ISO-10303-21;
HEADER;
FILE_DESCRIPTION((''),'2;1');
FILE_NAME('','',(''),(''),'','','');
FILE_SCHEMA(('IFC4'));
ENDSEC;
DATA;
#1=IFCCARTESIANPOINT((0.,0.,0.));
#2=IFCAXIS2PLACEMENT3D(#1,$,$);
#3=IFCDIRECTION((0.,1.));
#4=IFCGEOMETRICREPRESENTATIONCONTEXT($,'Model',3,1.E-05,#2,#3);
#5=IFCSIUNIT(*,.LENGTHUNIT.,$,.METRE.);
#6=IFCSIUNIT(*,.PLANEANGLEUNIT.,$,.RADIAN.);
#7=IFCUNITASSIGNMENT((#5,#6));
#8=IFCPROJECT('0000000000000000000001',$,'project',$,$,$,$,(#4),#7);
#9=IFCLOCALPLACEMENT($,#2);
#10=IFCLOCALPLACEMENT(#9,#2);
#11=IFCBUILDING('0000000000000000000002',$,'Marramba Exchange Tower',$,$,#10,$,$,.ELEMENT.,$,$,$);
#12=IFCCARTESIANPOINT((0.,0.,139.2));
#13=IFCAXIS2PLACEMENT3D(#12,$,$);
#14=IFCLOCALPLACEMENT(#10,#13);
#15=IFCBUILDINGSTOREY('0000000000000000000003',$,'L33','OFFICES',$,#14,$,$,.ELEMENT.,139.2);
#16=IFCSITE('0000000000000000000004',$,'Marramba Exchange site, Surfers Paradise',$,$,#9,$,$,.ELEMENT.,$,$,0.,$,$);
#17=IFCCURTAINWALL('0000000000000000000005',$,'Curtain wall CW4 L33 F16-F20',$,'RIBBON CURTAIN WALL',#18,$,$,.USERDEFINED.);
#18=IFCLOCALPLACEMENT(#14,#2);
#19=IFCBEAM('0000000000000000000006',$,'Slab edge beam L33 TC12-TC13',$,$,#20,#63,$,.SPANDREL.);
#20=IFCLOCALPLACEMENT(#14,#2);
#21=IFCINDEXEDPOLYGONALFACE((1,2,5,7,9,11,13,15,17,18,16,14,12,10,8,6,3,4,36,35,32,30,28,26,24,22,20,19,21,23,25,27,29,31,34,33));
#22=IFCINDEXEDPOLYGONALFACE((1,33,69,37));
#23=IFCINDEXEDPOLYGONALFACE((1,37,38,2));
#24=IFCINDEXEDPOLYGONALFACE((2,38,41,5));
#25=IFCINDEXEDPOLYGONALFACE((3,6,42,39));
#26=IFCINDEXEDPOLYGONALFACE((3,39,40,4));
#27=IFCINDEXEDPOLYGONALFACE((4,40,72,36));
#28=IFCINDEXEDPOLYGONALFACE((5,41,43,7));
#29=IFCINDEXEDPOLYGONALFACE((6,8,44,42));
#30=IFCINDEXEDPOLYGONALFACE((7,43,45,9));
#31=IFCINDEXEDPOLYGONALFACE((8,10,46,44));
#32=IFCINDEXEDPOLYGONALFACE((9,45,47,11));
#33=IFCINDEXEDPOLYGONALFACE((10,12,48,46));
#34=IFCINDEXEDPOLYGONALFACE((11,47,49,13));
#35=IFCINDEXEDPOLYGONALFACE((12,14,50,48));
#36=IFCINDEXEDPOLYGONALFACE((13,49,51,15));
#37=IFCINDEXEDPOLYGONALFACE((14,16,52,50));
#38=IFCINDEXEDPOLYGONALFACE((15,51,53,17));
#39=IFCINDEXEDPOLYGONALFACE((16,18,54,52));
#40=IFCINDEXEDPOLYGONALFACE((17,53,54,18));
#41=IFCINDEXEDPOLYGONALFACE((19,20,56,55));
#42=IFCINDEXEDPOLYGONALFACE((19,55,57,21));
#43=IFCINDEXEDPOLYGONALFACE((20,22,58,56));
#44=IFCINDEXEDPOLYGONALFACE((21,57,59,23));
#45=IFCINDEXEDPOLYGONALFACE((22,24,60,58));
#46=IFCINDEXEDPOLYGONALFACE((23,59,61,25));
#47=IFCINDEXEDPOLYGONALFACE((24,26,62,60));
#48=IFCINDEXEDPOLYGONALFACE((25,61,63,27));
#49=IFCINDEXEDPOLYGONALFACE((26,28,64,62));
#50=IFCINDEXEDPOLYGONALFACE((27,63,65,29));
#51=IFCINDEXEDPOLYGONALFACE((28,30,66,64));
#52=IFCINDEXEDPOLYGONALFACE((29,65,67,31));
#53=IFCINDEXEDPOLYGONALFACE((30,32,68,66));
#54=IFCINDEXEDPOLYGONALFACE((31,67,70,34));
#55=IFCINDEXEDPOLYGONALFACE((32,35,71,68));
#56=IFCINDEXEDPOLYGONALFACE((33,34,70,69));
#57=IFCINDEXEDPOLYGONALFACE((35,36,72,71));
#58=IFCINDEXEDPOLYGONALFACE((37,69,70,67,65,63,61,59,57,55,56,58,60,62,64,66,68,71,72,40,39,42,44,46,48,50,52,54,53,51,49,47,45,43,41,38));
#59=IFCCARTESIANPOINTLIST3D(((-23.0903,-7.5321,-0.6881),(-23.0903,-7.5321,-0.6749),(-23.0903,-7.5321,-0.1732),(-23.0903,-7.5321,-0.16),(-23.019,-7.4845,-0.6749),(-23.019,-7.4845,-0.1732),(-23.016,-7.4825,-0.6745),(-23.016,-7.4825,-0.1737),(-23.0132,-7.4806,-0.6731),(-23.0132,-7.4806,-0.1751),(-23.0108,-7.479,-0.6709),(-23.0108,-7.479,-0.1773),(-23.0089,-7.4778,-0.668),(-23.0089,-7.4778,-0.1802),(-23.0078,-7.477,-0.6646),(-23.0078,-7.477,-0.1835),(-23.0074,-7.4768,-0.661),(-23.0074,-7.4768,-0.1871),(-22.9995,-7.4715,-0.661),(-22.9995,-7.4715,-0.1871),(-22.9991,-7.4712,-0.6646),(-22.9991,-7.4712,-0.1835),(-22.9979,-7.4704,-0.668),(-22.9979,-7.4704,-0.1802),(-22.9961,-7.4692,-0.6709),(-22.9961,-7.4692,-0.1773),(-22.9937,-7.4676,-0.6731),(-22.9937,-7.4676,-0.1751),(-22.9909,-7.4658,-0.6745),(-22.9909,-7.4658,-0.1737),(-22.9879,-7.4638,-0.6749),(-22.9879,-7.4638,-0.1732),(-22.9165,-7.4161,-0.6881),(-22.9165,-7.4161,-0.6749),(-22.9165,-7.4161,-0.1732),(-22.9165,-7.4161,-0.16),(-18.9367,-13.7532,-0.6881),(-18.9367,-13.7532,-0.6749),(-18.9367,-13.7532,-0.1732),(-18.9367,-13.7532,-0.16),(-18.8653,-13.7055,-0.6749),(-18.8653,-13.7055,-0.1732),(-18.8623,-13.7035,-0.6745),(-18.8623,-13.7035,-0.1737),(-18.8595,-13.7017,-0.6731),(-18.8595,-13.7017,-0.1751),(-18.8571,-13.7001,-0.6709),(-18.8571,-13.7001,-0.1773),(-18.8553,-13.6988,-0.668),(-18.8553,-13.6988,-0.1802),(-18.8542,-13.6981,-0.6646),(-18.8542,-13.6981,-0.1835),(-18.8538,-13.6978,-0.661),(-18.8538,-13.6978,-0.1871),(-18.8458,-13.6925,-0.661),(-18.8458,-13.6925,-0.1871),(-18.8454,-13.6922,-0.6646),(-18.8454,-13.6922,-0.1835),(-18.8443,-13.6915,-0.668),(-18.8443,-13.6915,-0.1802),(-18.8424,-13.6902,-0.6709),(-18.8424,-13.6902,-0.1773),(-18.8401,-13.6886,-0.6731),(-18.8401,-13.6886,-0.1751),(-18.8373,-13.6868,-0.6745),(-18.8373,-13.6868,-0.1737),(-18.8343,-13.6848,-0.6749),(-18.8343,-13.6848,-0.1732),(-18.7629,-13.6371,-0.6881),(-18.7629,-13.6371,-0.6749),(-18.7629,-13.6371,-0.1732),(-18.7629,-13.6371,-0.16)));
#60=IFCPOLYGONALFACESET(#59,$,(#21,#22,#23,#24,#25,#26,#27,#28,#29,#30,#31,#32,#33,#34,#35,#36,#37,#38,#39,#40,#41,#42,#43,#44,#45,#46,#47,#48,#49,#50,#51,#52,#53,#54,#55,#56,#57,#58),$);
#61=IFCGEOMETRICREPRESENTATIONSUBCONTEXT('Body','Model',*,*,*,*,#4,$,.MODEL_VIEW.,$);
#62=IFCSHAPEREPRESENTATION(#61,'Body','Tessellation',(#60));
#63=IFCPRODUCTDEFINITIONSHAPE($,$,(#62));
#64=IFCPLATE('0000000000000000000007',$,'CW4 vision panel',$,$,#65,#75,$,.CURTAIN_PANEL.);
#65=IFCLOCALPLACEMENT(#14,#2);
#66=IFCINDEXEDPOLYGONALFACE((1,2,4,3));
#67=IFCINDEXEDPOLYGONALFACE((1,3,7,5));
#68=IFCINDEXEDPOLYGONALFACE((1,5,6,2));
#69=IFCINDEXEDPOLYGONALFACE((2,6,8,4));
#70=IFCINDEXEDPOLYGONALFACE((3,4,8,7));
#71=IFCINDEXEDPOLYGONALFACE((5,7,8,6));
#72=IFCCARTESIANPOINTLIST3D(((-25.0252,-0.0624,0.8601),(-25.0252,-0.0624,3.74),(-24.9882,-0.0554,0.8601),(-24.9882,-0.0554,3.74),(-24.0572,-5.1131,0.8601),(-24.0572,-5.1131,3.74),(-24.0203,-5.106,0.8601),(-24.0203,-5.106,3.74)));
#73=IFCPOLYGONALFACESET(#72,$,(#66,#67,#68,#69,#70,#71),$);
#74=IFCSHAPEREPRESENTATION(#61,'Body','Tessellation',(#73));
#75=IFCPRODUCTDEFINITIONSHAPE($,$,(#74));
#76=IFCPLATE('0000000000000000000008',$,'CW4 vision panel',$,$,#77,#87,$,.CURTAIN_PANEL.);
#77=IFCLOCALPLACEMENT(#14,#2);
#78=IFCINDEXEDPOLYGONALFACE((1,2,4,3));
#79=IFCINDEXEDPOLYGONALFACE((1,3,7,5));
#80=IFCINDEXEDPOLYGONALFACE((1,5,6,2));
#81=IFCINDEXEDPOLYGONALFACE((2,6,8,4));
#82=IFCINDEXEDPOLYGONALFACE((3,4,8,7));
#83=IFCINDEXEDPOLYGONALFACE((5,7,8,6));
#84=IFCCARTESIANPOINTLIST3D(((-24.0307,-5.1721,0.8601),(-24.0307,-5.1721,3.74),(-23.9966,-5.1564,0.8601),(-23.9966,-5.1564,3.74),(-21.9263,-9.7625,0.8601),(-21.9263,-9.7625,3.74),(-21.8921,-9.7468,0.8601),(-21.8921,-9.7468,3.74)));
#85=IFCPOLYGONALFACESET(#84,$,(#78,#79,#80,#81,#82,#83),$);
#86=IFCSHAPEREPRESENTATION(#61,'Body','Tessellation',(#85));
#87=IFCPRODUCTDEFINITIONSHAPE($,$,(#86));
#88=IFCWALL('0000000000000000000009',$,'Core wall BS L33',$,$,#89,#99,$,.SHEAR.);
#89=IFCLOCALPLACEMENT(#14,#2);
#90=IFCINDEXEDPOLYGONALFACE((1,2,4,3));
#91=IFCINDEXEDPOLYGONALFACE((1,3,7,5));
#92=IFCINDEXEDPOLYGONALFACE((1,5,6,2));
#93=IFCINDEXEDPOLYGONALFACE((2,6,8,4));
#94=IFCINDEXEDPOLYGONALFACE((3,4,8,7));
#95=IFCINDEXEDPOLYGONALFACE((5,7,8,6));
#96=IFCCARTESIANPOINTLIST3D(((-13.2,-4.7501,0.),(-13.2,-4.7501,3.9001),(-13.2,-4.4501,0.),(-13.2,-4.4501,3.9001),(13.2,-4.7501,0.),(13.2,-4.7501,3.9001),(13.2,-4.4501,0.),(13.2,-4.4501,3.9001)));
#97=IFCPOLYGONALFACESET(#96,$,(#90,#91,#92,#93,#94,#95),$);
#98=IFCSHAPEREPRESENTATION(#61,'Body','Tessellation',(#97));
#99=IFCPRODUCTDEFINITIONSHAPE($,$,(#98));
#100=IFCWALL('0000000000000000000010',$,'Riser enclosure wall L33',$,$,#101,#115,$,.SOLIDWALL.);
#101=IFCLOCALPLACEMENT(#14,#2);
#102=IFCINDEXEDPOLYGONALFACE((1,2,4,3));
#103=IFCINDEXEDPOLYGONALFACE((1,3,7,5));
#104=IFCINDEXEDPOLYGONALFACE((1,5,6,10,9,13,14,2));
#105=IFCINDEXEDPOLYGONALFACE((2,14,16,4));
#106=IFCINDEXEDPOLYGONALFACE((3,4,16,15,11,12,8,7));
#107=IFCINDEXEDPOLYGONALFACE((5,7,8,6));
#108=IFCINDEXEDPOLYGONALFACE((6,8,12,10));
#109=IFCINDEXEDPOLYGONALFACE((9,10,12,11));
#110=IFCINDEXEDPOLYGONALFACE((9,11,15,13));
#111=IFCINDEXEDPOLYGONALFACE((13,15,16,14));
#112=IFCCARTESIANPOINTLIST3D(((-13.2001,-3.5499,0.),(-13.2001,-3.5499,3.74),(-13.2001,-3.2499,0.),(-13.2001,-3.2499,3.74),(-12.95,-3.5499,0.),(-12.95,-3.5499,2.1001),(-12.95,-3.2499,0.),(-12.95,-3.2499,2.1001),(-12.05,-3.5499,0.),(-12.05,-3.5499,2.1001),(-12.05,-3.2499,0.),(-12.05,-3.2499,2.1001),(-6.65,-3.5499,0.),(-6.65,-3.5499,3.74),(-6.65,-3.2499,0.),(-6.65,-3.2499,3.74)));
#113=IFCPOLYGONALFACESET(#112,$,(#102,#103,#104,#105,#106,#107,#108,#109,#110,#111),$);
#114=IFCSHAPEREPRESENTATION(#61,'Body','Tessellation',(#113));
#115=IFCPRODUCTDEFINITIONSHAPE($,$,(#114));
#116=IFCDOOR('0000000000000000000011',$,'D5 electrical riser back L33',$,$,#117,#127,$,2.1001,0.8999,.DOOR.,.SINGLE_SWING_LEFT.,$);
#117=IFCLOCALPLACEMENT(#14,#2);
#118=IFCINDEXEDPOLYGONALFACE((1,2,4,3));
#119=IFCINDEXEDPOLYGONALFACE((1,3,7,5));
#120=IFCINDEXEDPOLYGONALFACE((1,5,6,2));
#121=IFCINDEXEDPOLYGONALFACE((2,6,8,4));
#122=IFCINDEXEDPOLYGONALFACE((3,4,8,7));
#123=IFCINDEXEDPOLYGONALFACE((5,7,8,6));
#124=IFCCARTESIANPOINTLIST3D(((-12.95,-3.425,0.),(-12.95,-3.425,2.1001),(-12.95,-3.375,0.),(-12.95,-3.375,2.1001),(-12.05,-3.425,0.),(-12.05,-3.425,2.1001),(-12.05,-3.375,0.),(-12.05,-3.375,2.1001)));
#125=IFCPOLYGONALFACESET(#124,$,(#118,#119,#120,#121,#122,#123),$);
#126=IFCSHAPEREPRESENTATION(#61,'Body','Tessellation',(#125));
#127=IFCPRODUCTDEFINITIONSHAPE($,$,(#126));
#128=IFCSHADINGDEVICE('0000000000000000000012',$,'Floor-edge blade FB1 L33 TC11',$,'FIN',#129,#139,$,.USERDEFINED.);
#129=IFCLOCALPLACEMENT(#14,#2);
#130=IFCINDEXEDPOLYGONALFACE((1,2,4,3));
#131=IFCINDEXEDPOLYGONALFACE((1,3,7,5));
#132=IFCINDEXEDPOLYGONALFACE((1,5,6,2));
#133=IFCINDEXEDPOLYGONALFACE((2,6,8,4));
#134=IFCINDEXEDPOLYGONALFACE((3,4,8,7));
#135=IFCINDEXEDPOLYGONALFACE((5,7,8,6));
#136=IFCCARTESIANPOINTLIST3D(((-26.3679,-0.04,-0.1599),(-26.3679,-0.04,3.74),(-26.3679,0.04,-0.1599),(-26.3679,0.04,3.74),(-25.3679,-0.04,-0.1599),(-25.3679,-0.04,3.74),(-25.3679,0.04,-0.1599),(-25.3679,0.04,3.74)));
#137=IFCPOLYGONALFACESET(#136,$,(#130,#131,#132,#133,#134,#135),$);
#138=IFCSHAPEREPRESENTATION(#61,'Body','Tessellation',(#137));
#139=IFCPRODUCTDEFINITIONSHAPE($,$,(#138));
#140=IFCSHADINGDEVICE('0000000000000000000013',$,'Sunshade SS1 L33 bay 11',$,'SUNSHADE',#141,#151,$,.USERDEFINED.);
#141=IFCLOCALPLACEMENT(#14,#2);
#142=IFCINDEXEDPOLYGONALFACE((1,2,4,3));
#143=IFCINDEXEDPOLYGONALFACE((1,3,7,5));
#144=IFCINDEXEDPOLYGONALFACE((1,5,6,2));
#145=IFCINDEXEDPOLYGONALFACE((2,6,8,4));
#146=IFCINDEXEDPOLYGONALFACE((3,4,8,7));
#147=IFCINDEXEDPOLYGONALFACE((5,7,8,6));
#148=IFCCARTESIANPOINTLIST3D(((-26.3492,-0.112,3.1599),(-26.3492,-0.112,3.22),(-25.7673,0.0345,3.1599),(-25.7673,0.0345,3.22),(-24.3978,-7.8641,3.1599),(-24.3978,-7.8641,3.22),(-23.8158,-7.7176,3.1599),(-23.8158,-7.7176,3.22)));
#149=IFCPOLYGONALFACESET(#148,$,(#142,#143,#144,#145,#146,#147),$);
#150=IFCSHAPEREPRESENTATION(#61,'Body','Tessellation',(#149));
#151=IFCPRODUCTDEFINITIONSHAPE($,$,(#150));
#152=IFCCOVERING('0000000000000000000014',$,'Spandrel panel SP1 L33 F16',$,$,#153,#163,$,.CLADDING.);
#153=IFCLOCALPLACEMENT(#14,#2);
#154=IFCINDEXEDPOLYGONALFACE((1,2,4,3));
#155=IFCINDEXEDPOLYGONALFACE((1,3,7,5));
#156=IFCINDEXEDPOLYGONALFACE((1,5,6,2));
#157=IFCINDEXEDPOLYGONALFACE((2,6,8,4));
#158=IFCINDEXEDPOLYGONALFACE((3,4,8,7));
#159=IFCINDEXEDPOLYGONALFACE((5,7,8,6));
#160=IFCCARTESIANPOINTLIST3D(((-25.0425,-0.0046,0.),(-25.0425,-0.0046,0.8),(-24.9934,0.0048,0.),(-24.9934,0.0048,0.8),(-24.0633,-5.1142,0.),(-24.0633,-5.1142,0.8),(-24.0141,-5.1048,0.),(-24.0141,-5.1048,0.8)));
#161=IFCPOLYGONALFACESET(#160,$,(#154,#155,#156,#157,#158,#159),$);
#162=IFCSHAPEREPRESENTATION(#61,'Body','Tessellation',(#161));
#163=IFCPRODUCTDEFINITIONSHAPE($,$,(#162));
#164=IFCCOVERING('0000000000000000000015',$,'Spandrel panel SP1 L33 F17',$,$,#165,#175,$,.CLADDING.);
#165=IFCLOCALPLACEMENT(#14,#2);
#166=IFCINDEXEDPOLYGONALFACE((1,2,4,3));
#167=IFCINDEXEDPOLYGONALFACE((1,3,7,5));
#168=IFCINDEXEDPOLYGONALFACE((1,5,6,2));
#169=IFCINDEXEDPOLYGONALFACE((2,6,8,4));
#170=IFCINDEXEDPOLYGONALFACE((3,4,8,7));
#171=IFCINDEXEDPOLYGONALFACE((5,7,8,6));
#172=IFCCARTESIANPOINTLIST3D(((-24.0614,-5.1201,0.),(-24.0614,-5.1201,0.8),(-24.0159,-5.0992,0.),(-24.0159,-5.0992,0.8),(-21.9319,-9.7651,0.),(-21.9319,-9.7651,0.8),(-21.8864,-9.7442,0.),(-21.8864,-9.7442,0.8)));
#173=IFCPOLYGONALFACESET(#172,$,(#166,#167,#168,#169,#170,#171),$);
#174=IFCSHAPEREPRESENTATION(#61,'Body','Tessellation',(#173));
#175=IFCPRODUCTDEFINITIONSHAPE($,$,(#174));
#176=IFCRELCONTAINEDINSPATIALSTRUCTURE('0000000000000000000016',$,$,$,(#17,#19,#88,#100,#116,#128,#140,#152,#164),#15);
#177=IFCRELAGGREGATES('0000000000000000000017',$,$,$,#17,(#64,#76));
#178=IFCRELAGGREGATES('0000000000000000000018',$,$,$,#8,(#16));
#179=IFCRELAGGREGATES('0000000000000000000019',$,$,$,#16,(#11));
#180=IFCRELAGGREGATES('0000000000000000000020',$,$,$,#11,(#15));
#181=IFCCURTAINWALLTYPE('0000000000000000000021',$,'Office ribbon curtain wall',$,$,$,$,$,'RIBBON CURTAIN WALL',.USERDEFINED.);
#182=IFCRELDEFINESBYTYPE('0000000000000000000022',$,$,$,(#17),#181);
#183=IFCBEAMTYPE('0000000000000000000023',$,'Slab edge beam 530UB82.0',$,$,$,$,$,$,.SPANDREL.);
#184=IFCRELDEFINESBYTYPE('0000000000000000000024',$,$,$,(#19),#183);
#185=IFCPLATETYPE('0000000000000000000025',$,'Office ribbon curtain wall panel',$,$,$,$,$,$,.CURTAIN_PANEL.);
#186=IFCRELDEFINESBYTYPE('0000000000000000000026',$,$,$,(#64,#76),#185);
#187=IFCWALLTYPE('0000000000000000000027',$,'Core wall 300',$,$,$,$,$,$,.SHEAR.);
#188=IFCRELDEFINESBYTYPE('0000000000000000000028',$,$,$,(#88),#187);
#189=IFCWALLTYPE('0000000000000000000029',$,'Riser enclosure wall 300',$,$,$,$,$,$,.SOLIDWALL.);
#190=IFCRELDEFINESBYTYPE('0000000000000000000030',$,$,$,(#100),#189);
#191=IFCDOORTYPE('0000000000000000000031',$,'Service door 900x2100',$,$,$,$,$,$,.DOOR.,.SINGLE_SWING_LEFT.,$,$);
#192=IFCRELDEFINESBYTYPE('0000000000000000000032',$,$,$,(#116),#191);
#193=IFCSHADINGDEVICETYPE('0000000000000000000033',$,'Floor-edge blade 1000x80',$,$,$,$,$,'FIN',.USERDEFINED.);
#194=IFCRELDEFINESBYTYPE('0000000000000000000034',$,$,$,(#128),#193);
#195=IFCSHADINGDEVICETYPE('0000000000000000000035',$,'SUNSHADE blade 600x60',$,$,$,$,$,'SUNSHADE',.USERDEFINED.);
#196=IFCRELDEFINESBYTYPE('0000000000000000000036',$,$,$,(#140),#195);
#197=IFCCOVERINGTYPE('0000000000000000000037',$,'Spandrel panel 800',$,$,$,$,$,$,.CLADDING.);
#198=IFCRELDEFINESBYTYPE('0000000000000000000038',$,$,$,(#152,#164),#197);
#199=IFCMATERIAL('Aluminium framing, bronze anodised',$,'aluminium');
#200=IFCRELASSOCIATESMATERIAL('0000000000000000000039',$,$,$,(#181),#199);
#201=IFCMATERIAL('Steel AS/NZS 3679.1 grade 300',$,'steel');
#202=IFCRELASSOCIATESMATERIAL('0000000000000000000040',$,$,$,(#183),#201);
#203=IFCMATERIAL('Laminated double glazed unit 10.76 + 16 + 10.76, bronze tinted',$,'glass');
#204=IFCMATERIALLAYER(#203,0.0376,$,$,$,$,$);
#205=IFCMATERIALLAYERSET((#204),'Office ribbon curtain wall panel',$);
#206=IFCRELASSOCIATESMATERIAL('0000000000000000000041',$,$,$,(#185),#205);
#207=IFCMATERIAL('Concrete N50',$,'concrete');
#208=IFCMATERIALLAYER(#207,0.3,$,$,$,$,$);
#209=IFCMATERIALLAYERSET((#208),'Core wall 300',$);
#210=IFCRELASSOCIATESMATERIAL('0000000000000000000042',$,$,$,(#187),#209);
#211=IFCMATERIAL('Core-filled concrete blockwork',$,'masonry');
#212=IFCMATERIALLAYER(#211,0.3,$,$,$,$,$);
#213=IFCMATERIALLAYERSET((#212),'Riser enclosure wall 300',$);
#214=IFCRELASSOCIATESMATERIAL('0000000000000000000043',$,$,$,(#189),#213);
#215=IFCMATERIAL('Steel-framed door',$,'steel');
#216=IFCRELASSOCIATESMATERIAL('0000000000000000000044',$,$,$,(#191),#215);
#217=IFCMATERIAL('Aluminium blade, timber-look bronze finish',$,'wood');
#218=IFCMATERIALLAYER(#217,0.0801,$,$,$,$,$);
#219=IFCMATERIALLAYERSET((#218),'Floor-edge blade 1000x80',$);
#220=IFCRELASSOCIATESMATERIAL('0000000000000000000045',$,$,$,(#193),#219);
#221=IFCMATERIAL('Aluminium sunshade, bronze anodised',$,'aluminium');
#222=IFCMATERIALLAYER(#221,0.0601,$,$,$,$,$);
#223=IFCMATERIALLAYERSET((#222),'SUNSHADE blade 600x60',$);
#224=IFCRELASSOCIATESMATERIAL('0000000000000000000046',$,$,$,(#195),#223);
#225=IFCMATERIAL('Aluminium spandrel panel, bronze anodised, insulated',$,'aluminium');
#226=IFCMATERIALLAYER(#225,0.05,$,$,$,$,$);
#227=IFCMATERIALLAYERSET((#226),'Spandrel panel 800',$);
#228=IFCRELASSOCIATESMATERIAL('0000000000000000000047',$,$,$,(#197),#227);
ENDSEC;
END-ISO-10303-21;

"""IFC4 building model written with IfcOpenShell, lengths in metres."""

from ifc_helpers import new_model, si_unit, direction, frame, frame_2d, origin, origin_2d, place, context, subcontext, project, spatial, rectangle, i_section, extrude, material, layer, layer_set, material_profile, profile_set, type_object, element, fill, aggregate, save


model = new_model("IFC4")

# Units and contexts
model_context = context("Model", 3, precision=1e-05, world=origin(), true_north=direction((0.0, 1.0)))
body_context = subcontext(model_context, "Body", "Model", "MODEL_VIEW")
ifc_project = project(units=[si_unit("LENGTHUNIT", "METRE"), si_unit("PLANEANGLEUNIT", "RADIAN")], contexts=[model_context])

# Site, building, storey
site_placement = place(None, origin())
site = spatial("IfcSite", under=ifc_project, at=site_placement, Name="Marramba Exchange site, Surfers Paradise", CompositionType="ELEMENT", RefElevation=0.0)
building_placement = place(site_placement, origin())
building = spatial("IfcBuilding", under=site, at=building_placement, Name="Marramba Exchange Tower", CompositionType="ELEMENT")
storey_placement = place(building_placement, frame((0.0, 0.0, 139.2)))
storey = spatial("IfcBuildingStorey", under=building, at=storey_placement, Name="L33", Description="OFFICES", CompositionType="ELEMENT", Elevation=139.2)

# Shared definitions
ifc_material_1 = material(Name="Concrete N50", Category="concrete")

# Shared definitions
ifc_material_2 = material(Name="Steel AS/NZS 3679.1 grade 300", Category="steel")

# Curtain wall
ifc_material_3 = material(Name="Aluminium framing, bronze anodised", Category="aluminium")
curtain_wall_type = type_object("IfcCurtainWallType", Name="Office ribbon curtain wall", ElementType="RIBBON CURTAIN WALL", PredefinedType="USERDEFINED", material=ifc_material_3)
curtain_wall_placement = place(storey_placement, origin())
curtain_wall = element("IfcCurtainWall", 1, at=curtain_wall_placement, inside=storey, type_object=curtain_wall_type, Name="Curtain wall CW4 L33 F16-F20", ObjectType="RIBBON CURTAIN WALL", PredefinedType="USERDEFINED")

# Beam
ifc_material_profile_1 = material_profile(ifc_material_2, i_section(OverallWidth=0.209, OverallDepth=0.5281, WebThickness=0.0095, FlangeThickness=0.0132, FilletRadius=0.0139, at=origin_2d()), Name="530UB82.0")
ifc_profile_set_1 = profile_set([ifc_material_profile_1], Name="Steel AS/NZS 3679.1 grade 300")
beam_type_1 = type_object("IfcBeamType", Name="Slab edge beam 530UB82.0", PredefinedType="SPANDREL", material=ifc_profile_set_1)
beam_1_placement = place(storey_placement, frame((-23.0034, -7.4741, -0.4241), z_axis=(0.55528, -0.831663, 0.0), x_axis=(0.831663, 0.55528, 0.0)))
element("IfcBeam", 2, at=beam_1_placement, inside=storey, type_object=beam_type_1, Name="Slab edge beam L33 TC12-TC13", PredefinedType="SPANDREL", context=body_context, shape_type="SweptSolid", body=[
    extrude(i_section(OverallWidth=0.209, OverallDepth=0.5281, WebThickness=0.0095, FlangeThickness=0.0132, FilletRadius=0.0139, at=origin_2d()), origin(), (0.0, 0.0, 1.0), 7.4802),
])

# Plates
ifc_material_4 = material(Name="Laminated double glazed unit 10.76 + 16 + 10.76, bronze tinted", Category="glass")
ifc_layer_1 = layer(ifc_material_4, 0.0376)
ifc_layer_set_1 = layer_set([ifc_layer_1], Name="Office ribbon curtain wall panel")
plate_type = type_object("IfcPlateType", Name="Office ribbon curtain wall panel", PredefinedType="CURTAIN_PANEL", material=ifc_layer_set_1)
plate_1_placement = place(storey_placement, frame((-24.5227, -2.5842, 0.8601), z_axis=(0.0, 0.0, 1.0), x_axis=(0.188227, -0.982126, 0.0)))
plate_1 = element("IfcPlate", 3, at=plate_1_placement, type_object=plate_type, Name="CW4 vision panel", PredefinedType="CURTAIN_PANEL", context=body_context, shape_type="SweptSolid", body=[
    extrude(rectangle(XDim=5.1426, YDim=0.0376, at=origin_2d()), origin(), (0.0, 0.0, 1.0), 2.8799),
])
plate_2_placement = place(storey_placement, frame((-22.9614, -7.4595, 0.8601), z_axis=(0.0, 0.0, 1.0), x_axis=(0.416738, -0.909027, 0.0)))
plate_2 = element("IfcPlate", 4, at=plate_2_placement, type_object=plate_type, Name="CW4 vision panel", PredefinedType="CURTAIN_PANEL", context=body_context, shape_type="SweptSolid", body=[
    extrude(rectangle(XDim=5.0498, YDim=0.0376, at=origin_2d()), origin(), (0.0, 0.0, 1.0), 2.8799),
])
aggregate(curtain_wall, [plate_1, plate_2])

# Wall
ifc_layer_2 = layer(ifc_material_1, 0.3)
ifc_layer_set_2 = layer_set([ifc_layer_2], Name="Core wall 300")
wall_type_1 = type_object("IfcWallType", Name="Core wall 300", PredefinedType="SHEAR", material=ifc_layer_set_2)
wall_1_placement = place(storey_placement, frame((-13.2, -4.6001, 0.0), z_axis=(0.0, 0.0, 1.0), x_axis=(1.0, 0.0, 0.0)))
element("IfcWall", 5, at=wall_1_placement, inside=storey, type_object=wall_type_1, Name="Core wall BS L33", PredefinedType="SHEAR", context=body_context, shape_type="SweptSolid", body=[
    extrude(rectangle(XDim=26.3999, YDim=0.3, at=frame_2d((13.2, 0.0))), origin(), (0.0, 0.0, 1.0), 3.9001),
])

# Wall, opening, door
ifc_material_5 = material(Name="Core-filled concrete blockwork", Category="masonry")
ifc_layer_3 = layer(ifc_material_5, 0.3)
ifc_layer_set_3 = layer_set([ifc_layer_3], Name="Riser enclosure wall 300")
wall_type_2 = type_object("IfcWallType", Name="Riser enclosure wall 300", PredefinedType="SOLIDWALL", material=ifc_layer_set_3)
wall_2_placement = place(storey_placement, frame((-13.2, -3.3999, 0.0), z_axis=(0.0, 0.0, 1.0), x_axis=(1.0, 0.0, 0.0)))
wall_2 = element("IfcWall", 6, at=wall_2_placement, inside=storey, type_object=wall_type_2, Name="Riser enclosure wall L33", PredefinedType="SOLIDWALL", context=body_context, shape_type="SweptSolid", body=[
    extrude(rectangle(XDim=6.55, YDim=0.3, at=frame_2d((3.2749, 0.0))), origin(), (0.0, 0.0, 1.0), 3.74),
])
opening_placement = place(wall_2_placement, frame((0.25, 0.0, 0.0)))
opening = element("IfcOpeningElement", 7, at=opening_placement, cuts=wall_2, PredefinedType="OPENING", context=body_context, shape_type="SweptSolid", body=[
    extrude(rectangle(XDim=0.8999, YDim=2.1001, at=frame_2d((0.45, 1.05))), frame((0.0, 0.1599, 0.0), z_axis=(0.0, -1.0, 0.0), x_axis=(1.0, 0.0, 0.0)), (0.0, 0.0, 1.0), 0.3201),
])
ifc_material_6 = material(Name="Steel-framed door", Category="steel")
door_type = type_object("IfcDoorType", Name="Service door 900x2100", OperationType="SINGLE_SWING_LEFT", PredefinedType="DOOR", material=ifc_material_6)
door_placement = place(opening_placement, origin())
door = element("IfcDoor", 8, at=door_placement, inside=storey, type_object=door_type, Name="D5 electrical riser back L33", OperationType="SINGLE_SWING_LEFT", OverallHeight=2.1001, OverallWidth=0.8999, PredefinedType="DOOR", context=body_context, shape_type="SweptSolid", body=[
    extrude(rectangle(XDim=0.8999, YDim=2.1001, at=frame_2d((0.45, 1.05))), frame((0.0, 0.0249, 0.0), z_axis=(0.0, -1.0, 0.0), x_axis=(1.0, 0.0, 0.0)), (0.0, 0.0, 1.0), 0.05),
])
fill(opening, door)

# Shading devices
ifc_material_7 = material(Name="Aluminium blade, timber-look bronze finish", Category="wood")
ifc_layer_4 = layer(ifc_material_7, 0.0801)
ifc_layer_set_4 = layer_set([ifc_layer_4], Name="Floor-edge blade 1000x80")
shading_device_type_1 = type_object("IfcShadingDeviceType", Name="Floor-edge blade 1000x80", ElementType="FIN", PredefinedType="USERDEFINED", material=ifc_layer_set_4)
shading_device_1_placement = place(storey_placement, frame((-25.8679, 0.0, -0.1599), z_axis=(0.0, 0.0, 1.0), x_axis=(-1.0, 0.0, 0.0)))
element("IfcShadingDevice", 9, at=shading_device_1_placement, inside=storey, type_object=shading_device_type_1, Name="Floor-edge blade FB1 L33 TC11", ObjectType="FIN", PredefinedType="USERDEFINED", context=body_context, shape_type="SweptSolid", body=[
    extrude(rectangle(XDim=1.0, YDim=0.0801, at=origin_2d()), origin(), (0.0, 0.0, 1.0), 3.8999),
])
ifc_material_8 = material(Name="Aluminium sunshade, bronze anodised", Category="aluminium")
ifc_layer_5 = layer(ifc_material_8, 0.0601)
ifc_layer_set_5 = layer_set([ifc_layer_5], Name="SUNSHADE blade 600x60")
shading_device_type_2 = type_object("IfcShadingDeviceType", Name="SUNSHADE blade 600x60", ElementType="SUNSHADE", PredefinedType="USERDEFINED", material=ifc_layer_set_5)
shading_device_2_placement = place(storey_placement, frame((-25.0825, -3.9148, 3.1599), z_axis=(0.0, 0.0, 1.0), x_axis=(0.244117, -0.969746, 0.0)))
element("IfcShadingDevice", 10, at=shading_device_2_placement, inside=storey, type_object=shading_device_type_2, Name="Sunshade SS1 L33 bay 11", ObjectType="SUNSHADE", PredefinedType="USERDEFINED", context=body_context, shape_type="SweptSolid", body=[
    extrude(rectangle(XDim=7.9939, YDim=0.6001, at=origin_2d()), origin(), (0.0, 0.0, 1.0), 0.0601),
])

# Coverings
ifc_material_9 = material(Name="Aluminium spandrel panel, bronze anodised, insulated", Category="aluminium")
ifc_layer_6 = layer(ifc_material_9, 0.05)
ifc_layer_set_6 = layer_set([ifc_layer_6], Name="Spandrel panel 800")
covering_type = type_object("IfcCoveringType", Name="Spandrel panel 800", PredefinedType="CLADDING", material=ifc_layer_set_6)
covering_1_placement = place(storey_placement, frame((-24.5283, -2.5547, 0.0), z_axis=(0.0, 0.0, 1.0), x_axis=(0.188227, -0.982126, 0.0)))
element("IfcCovering", 11, at=covering_1_placement, inside=storey, type_object=covering_type, Name="Spandrel panel SP1 L33 F16", PredefinedType="CLADDING", context=body_context, shape_type="SweptSolid", body=[
    extrude(rectangle(XDim=5.2026, YDim=0.05, at=origin_2d()), origin(), (0.0, 0.0, 1.0), 0.8),
])
covering_2_placement = place(storey_placement, frame((-22.9739, -7.4321, 0.0), z_axis=(0.0, 0.0, 1.0), x_axis=(0.416738, -0.909027, 0.0)))
element("IfcCovering", 12, at=covering_2_placement, inside=storey, type_object=covering_type, Name="Spandrel panel SP1 L33 F17", PredefinedType="CLADDING", context=body_context, shape_type="SweptSolid", body=[
    extrude(rectangle(XDim=5.1099, YDim=0.05, at=origin_2d()), origin(), (0.0, 0.0, 1.0), 0.8),
])

save(model, "model.ifc")
